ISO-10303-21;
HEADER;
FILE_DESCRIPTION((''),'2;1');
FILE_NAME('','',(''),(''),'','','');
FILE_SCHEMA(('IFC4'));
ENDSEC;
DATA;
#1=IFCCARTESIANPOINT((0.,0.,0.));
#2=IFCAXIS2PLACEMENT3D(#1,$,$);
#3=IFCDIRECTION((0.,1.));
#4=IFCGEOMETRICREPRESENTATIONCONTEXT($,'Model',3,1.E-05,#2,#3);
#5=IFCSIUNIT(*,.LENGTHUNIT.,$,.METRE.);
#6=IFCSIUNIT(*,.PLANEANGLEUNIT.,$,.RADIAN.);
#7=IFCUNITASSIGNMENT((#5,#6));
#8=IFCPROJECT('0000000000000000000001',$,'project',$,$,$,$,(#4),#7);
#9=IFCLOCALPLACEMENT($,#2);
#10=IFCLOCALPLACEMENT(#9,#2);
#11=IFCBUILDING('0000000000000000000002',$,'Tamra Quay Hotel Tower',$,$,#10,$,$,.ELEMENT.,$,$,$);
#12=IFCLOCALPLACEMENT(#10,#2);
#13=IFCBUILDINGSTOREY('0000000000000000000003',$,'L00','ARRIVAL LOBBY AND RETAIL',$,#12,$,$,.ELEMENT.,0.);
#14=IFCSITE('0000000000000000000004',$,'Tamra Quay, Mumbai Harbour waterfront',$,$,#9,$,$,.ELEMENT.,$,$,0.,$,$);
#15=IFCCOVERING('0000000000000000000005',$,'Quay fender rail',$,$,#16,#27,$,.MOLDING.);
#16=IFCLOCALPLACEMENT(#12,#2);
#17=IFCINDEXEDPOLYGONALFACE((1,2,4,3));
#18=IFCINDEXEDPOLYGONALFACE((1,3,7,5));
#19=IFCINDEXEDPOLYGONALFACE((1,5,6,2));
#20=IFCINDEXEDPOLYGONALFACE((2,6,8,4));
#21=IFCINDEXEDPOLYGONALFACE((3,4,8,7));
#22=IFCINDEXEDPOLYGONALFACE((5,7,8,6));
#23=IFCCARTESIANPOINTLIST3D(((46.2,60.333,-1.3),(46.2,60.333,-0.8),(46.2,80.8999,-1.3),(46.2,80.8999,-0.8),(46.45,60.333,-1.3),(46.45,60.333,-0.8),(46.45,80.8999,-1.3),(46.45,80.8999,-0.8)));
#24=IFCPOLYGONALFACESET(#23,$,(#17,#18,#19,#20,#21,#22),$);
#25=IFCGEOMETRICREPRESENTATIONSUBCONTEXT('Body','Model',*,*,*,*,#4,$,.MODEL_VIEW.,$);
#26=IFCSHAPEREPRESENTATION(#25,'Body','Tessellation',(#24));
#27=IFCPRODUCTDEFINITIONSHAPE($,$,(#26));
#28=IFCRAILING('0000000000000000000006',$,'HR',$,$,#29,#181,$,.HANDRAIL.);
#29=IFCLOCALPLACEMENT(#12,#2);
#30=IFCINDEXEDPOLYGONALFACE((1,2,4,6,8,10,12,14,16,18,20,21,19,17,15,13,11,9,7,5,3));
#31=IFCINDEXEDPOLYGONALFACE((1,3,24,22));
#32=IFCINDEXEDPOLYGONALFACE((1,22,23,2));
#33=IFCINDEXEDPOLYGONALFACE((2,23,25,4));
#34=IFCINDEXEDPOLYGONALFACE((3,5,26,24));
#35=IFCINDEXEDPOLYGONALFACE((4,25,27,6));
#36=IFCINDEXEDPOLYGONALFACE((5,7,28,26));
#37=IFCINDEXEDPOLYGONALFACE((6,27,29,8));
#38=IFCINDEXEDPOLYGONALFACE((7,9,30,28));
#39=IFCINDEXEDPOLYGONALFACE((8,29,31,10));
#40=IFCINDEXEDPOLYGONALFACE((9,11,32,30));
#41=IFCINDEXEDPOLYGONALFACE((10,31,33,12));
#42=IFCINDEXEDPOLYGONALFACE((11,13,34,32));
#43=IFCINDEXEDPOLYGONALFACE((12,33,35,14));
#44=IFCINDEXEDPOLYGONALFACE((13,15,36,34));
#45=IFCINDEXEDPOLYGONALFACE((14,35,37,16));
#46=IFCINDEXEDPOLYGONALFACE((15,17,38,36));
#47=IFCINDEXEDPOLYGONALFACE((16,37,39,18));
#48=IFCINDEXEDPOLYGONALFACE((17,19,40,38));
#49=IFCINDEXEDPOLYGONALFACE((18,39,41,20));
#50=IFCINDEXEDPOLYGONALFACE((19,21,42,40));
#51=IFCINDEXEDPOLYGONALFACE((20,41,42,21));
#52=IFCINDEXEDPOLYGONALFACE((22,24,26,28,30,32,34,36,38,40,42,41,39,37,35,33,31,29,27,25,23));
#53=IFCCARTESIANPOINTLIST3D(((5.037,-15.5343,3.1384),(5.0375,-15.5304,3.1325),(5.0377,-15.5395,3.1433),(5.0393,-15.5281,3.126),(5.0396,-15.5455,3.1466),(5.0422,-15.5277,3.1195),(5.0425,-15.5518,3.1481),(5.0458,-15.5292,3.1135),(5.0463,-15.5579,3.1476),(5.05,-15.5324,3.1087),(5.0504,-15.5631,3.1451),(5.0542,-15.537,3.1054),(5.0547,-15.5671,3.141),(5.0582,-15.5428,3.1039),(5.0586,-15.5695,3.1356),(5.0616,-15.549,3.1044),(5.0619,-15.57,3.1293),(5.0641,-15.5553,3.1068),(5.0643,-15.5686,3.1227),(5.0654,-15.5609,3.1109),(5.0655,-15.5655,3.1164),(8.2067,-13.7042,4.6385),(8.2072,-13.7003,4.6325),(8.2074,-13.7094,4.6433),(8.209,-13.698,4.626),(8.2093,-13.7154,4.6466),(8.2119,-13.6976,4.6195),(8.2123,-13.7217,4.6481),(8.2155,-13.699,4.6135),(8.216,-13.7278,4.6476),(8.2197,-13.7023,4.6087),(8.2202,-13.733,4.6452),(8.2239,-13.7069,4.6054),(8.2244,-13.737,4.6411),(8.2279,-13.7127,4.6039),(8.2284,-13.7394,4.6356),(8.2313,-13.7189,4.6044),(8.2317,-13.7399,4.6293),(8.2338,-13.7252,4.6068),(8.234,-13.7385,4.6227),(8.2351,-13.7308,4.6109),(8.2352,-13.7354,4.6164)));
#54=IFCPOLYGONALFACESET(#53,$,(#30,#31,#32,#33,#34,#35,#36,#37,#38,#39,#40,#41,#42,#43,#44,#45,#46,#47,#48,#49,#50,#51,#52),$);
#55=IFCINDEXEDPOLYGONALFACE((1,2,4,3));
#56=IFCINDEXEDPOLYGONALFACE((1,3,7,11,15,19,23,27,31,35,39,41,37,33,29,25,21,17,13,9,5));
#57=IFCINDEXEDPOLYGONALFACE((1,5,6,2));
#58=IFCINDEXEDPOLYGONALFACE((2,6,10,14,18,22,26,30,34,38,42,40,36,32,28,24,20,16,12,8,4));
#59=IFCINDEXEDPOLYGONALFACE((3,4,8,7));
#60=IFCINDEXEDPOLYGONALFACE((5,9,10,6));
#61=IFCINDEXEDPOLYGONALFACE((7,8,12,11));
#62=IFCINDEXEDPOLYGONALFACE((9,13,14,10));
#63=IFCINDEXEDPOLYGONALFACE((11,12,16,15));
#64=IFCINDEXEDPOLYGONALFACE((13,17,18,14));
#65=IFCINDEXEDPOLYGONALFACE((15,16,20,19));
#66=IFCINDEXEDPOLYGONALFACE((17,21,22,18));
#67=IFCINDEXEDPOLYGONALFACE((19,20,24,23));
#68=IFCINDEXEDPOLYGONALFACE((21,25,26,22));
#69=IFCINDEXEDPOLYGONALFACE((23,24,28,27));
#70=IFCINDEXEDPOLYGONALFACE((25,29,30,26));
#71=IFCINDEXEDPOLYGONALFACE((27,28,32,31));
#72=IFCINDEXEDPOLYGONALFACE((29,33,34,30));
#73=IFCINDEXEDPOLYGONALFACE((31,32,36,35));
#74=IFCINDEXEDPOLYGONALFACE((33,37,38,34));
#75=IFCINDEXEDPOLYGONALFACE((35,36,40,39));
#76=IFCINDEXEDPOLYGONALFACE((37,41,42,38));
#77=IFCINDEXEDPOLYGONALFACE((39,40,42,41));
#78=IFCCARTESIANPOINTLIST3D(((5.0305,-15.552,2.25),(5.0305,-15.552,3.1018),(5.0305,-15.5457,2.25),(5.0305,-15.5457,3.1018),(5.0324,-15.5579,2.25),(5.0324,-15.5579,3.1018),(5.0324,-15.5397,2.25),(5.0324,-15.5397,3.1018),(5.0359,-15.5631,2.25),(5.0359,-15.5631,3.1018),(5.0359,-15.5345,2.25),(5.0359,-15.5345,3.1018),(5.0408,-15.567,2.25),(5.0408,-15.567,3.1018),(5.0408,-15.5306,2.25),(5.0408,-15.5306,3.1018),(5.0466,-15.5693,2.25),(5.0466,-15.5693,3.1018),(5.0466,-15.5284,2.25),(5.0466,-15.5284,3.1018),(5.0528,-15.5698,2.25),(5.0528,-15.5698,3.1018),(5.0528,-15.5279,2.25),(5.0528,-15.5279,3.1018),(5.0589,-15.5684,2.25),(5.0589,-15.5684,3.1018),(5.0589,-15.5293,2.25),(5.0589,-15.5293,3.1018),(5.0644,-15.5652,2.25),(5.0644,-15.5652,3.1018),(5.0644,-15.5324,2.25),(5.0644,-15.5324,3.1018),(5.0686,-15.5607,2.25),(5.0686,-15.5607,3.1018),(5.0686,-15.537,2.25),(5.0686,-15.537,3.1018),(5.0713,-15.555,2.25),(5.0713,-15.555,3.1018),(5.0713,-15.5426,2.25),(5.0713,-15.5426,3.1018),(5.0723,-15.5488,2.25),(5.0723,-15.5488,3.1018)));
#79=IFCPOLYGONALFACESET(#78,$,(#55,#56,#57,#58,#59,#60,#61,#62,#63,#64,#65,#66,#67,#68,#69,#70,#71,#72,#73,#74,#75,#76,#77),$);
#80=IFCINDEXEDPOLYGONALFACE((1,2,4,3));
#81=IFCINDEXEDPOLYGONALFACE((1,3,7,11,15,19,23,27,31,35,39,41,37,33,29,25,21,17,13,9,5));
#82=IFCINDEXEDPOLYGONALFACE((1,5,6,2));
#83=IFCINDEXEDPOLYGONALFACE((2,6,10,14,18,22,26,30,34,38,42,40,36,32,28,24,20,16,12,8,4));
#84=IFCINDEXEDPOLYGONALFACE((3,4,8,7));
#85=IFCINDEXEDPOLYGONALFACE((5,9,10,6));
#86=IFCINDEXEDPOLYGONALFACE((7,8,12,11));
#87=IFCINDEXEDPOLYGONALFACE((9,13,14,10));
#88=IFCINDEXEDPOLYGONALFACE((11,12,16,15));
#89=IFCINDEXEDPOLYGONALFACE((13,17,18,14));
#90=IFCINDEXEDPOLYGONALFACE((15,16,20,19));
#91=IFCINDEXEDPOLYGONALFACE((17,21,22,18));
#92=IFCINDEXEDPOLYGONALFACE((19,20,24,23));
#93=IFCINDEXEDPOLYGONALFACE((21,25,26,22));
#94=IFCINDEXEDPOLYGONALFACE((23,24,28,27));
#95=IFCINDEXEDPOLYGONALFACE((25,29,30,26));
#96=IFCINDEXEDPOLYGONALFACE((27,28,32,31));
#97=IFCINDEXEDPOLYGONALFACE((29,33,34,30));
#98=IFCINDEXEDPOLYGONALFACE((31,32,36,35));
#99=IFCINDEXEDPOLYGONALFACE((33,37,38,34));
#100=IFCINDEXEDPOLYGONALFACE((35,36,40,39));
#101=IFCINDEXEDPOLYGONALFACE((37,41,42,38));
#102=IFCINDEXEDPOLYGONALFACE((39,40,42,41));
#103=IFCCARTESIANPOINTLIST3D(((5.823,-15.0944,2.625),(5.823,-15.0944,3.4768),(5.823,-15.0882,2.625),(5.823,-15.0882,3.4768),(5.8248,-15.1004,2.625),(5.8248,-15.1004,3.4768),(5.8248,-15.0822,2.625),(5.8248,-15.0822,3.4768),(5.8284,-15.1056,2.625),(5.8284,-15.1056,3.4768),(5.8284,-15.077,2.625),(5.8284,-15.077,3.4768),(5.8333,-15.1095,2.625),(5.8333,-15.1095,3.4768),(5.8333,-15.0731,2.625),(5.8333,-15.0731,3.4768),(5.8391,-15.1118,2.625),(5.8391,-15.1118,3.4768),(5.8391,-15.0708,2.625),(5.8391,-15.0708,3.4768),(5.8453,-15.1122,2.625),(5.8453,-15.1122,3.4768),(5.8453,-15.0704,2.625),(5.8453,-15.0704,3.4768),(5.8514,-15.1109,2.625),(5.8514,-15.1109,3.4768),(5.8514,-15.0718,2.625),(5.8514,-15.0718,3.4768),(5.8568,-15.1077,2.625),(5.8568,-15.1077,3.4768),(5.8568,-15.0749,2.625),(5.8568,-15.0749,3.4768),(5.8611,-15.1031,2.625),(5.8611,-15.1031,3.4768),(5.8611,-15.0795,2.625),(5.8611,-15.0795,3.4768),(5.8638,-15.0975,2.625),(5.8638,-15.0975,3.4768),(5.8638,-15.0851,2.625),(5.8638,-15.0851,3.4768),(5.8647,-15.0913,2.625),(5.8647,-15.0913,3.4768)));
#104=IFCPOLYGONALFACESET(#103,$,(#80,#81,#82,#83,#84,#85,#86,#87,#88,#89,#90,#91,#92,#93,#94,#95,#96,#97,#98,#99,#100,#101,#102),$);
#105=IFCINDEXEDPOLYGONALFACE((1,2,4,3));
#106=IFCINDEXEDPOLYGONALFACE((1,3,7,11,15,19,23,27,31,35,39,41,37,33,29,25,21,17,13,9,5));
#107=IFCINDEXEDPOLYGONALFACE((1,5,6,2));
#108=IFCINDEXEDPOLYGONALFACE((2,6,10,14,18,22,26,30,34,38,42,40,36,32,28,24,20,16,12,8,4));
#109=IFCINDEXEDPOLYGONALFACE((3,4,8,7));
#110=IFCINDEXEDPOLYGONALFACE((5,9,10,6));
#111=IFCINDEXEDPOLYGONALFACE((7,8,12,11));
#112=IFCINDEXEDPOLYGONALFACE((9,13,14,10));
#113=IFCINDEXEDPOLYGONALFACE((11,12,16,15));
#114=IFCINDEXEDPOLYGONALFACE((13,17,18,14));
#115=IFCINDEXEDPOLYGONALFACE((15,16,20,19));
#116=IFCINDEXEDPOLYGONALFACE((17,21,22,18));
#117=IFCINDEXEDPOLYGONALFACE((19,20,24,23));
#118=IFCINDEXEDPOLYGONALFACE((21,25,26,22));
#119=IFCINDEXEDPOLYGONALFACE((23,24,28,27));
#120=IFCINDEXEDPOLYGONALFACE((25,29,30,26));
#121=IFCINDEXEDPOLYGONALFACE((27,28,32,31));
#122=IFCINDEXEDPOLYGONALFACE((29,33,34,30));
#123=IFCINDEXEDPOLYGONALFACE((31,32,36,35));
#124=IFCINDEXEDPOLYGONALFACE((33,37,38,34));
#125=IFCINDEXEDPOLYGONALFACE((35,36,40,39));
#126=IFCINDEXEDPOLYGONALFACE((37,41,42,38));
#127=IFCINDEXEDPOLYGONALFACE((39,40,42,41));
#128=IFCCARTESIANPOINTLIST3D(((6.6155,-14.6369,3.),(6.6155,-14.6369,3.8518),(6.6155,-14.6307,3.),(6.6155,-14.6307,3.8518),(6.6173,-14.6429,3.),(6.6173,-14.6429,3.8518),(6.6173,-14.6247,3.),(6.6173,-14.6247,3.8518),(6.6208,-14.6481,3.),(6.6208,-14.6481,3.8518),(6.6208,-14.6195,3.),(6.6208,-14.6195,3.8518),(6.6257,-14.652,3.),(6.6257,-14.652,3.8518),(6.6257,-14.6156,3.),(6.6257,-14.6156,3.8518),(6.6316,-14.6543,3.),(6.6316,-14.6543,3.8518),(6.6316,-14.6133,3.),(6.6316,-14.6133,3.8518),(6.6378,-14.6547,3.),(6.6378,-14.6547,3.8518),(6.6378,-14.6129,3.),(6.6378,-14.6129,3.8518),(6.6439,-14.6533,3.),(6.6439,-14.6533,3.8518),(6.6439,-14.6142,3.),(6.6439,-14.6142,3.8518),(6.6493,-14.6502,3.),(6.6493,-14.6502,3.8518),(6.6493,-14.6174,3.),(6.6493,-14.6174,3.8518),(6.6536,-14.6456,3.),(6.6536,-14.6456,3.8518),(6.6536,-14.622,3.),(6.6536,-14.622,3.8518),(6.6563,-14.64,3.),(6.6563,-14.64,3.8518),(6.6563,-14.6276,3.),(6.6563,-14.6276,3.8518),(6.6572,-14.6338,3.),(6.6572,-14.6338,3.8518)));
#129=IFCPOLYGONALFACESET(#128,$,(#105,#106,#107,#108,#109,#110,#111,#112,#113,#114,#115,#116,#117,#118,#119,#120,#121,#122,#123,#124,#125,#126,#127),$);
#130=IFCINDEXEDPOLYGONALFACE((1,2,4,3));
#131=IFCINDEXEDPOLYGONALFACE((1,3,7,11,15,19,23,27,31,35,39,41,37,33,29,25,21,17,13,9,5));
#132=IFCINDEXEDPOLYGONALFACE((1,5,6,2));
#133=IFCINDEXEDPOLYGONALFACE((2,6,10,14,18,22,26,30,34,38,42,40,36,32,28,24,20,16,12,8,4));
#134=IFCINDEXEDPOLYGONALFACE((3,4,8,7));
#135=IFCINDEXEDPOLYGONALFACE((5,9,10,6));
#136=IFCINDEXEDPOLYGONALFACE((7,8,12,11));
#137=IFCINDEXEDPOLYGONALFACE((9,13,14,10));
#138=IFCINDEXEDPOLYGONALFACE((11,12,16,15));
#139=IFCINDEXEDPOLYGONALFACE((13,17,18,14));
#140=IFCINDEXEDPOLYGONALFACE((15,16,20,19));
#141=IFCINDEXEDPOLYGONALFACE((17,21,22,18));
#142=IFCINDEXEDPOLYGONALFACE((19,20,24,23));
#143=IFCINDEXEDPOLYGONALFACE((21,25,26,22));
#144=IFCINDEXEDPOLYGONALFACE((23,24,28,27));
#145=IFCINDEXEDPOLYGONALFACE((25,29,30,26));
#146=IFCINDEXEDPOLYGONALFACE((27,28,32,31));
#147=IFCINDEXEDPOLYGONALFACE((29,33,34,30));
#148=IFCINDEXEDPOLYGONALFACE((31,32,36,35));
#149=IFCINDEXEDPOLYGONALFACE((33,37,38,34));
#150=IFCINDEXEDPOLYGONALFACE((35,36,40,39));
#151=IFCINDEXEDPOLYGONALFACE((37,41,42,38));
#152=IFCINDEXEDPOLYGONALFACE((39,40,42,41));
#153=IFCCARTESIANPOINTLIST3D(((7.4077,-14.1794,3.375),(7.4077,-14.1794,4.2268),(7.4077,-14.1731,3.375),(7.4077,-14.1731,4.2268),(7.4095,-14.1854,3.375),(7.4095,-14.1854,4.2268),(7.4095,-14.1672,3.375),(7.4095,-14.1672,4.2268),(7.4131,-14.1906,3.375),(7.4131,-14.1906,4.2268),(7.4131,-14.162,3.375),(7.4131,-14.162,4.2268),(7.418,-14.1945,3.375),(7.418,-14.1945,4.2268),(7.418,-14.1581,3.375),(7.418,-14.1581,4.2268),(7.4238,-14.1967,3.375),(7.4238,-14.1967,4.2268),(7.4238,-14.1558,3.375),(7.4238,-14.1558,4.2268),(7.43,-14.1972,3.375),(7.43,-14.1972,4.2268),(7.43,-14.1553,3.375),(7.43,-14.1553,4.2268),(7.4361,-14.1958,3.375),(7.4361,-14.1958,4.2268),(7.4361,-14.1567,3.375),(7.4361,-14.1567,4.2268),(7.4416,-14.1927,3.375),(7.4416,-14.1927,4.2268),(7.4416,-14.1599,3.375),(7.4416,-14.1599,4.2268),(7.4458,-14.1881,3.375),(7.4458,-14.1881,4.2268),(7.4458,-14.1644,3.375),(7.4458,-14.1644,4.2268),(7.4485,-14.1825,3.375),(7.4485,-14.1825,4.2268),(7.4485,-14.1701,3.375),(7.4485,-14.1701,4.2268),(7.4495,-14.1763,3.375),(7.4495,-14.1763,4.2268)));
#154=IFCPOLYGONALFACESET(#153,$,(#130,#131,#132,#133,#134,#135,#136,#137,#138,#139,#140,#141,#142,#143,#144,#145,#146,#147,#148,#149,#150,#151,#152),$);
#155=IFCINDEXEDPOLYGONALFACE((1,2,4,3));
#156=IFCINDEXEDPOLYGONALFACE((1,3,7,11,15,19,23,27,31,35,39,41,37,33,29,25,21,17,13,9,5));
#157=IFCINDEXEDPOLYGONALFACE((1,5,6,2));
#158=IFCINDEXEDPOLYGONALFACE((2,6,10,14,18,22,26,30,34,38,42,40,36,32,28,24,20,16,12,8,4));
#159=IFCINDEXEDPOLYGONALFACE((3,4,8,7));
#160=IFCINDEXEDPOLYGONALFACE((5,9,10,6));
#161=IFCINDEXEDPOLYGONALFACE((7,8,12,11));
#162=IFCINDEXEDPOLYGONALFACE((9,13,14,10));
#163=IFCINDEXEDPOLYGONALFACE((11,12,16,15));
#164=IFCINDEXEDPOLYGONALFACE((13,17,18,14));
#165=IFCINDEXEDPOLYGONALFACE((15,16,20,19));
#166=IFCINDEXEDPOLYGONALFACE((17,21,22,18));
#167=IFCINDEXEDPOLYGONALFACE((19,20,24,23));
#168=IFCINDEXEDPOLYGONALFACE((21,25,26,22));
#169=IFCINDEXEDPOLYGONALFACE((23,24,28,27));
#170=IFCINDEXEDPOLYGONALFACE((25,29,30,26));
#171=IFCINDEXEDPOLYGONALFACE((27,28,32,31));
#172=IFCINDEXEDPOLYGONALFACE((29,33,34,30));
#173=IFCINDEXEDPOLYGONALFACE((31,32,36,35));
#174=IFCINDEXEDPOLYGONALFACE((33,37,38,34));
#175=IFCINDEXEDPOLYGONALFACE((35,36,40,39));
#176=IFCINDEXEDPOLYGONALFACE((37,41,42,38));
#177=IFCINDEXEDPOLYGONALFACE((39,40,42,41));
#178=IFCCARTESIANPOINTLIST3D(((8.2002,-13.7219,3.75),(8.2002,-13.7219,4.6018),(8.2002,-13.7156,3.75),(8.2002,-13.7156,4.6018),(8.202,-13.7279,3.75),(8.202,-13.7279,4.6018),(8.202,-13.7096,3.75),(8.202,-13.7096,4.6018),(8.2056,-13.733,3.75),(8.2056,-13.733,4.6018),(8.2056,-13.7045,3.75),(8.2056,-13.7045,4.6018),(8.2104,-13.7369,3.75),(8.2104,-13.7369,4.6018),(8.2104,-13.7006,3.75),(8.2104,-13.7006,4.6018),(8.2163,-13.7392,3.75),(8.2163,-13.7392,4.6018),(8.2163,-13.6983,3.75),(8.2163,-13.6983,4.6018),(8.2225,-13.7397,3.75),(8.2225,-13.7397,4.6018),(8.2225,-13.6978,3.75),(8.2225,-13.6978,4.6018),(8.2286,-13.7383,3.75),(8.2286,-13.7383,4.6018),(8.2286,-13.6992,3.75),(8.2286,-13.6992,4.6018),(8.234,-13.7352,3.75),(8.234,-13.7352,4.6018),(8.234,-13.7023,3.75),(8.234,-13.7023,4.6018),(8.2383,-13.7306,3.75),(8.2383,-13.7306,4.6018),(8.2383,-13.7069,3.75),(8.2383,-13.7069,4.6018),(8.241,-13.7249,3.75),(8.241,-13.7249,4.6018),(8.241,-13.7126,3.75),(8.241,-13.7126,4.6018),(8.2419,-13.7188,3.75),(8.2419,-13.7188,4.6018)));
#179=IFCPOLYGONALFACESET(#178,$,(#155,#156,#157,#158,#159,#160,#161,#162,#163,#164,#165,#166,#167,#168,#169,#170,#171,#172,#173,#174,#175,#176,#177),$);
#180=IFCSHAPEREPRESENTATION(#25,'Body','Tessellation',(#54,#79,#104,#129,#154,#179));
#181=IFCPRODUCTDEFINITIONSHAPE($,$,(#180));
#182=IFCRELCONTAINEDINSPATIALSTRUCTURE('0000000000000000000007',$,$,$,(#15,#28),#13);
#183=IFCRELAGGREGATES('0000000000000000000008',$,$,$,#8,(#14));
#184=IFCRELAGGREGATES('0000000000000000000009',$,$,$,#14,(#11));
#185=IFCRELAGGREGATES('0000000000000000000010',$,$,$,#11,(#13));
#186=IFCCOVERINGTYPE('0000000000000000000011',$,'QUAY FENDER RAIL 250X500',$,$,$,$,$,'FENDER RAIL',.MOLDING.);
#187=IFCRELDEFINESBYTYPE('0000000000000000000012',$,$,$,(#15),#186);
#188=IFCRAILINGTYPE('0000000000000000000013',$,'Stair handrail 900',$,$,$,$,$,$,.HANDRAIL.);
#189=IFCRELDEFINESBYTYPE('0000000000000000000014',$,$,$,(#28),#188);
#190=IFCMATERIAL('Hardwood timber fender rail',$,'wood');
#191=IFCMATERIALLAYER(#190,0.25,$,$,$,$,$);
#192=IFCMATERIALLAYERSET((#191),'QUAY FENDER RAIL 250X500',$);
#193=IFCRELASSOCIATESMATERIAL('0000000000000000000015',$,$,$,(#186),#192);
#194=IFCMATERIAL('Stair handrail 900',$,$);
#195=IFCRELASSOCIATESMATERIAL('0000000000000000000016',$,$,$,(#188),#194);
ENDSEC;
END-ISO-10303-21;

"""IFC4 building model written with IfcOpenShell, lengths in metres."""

from ifc_helpers import new_model, si_unit, direction, frame, origin, origin_2d, place, context, subcontext, project, spatial, polyline, circle, outline, extrude, material, layer, layer_set, type_object, element, save


model = new_model("IFC4")

# Units and contexts
model_context = context("Model", 3, precision=1e-05, world=origin(), true_north=direction((0.0, 1.0)))
body_context = subcontext(model_context, "Body", "Model", "MODEL_VIEW")
ifc_project = project(units=[si_unit("LENGTHUNIT", "METRE"), si_unit("PLANEANGLEUNIT", "RADIAN")], contexts=[model_context])

# Site, building, storey
site_placement = place(None, origin())
site = spatial("IfcSite", under=ifc_project, at=site_placement, Name="Tamra Quay, Mumbai Harbour waterfront", CompositionType="ELEMENT", RefElevation=0.0)
building_placement = place(site_placement, origin())
building = spatial("IfcBuilding", under=site, at=building_placement, Name="Tamra Quay Hotel Tower", CompositionType="ELEMENT")
storey_placement = place(building_placement, origin())
storey = spatial("IfcBuildingStorey", under=building, at=storey_placement, Name="L00", Description="ARRIVAL LOBBY AND RETAIL", CompositionType="ELEMENT", Elevation=0.0)

# Covering
ifc_material_1 = material(Name="Hardwood timber fender rail", Category="wood")
ifc_layer_1 = layer(ifc_material_1, 0.25)
ifc_layer_set_1 = layer_set([ifc_layer_1], Name="QUAY FENDER RAIL 250X500")
covering_type_1 = type_object("IfcCoveringType", Name="QUAY FENDER RAIL 250X500", ElementType="FENDER RAIL", PredefinedType="MOLDING", material=ifc_layer_set_1)
covering_1_placement = place(storey_placement, frame((0.0, 0.0, -1.3)))
element("IfcCovering", 1, at=covering_1_placement, inside=storey, type_object=covering_type_1, Name="Quay fender rail", PredefinedType="MOLDING", context=body_context, shape_type="SweptSolid", body=[
    extrude(outline(polyline([(46.2, 60.333), (46.45, 60.333), (46.45, 80.8999), (46.2, 80.8999), (46.2, 60.333)])), origin(), (0.0, 0.0, 1.0), 0.5),
])

# Railing
ifc_material_2 = material(Name="Stair handrail 900")
railing_type_1 = type_object("IfcRailingType", Name="Stair handrail 900", PredefinedType="HANDRAIL", material=ifc_material_2)
railing_1_placement = place(storey_placement, frame((5.0513, -15.5488, 2.25)))
element("IfcRailing", 2, at=railing_1_placement, inside=storey, type_object=railing_type_1, Name="HR", PredefinedType="HANDRAIL", context=body_context, shape_type="SweptSolid", body=[
    extrude(circle(Radius=0.0239, at=origin_2d()), frame((0.0, 0.0, 0.876), z_axis=(0.801333, 0.462666, 0.379218), x_axis=(-0.500013, 0.866018, 0.0)), (0.0, 0.0, 1.0), 3.9556),
    extrude(circle(Radius=0.021, at=origin_2d()), origin(), (0.0, 0.0, 1.0), 0.8518),
    extrude(circle(Radius=0.021, at=origin_2d()), frame((0.7925, 0.4575, 0.375)), (0.0, 0.0, 1.0), 0.8518),
    extrude(circle(Radius=0.021, at=origin_2d()), frame((1.585, 0.915, 0.75)), (0.0, 0.0, 1.0), 0.8518),
    extrude(circle(Radius=0.021, at=origin_2d()), frame((2.3772, 1.3726, 1.125)), (0.0, 0.0, 1.0), 0.8518),
    extrude(circle(Radius=0.021, at=origin_2d()), frame((3.1697, 1.8301, 1.5)), (0.0, 0.0, 1.0), 0.8518),
])

save(model, "model.ifc")
